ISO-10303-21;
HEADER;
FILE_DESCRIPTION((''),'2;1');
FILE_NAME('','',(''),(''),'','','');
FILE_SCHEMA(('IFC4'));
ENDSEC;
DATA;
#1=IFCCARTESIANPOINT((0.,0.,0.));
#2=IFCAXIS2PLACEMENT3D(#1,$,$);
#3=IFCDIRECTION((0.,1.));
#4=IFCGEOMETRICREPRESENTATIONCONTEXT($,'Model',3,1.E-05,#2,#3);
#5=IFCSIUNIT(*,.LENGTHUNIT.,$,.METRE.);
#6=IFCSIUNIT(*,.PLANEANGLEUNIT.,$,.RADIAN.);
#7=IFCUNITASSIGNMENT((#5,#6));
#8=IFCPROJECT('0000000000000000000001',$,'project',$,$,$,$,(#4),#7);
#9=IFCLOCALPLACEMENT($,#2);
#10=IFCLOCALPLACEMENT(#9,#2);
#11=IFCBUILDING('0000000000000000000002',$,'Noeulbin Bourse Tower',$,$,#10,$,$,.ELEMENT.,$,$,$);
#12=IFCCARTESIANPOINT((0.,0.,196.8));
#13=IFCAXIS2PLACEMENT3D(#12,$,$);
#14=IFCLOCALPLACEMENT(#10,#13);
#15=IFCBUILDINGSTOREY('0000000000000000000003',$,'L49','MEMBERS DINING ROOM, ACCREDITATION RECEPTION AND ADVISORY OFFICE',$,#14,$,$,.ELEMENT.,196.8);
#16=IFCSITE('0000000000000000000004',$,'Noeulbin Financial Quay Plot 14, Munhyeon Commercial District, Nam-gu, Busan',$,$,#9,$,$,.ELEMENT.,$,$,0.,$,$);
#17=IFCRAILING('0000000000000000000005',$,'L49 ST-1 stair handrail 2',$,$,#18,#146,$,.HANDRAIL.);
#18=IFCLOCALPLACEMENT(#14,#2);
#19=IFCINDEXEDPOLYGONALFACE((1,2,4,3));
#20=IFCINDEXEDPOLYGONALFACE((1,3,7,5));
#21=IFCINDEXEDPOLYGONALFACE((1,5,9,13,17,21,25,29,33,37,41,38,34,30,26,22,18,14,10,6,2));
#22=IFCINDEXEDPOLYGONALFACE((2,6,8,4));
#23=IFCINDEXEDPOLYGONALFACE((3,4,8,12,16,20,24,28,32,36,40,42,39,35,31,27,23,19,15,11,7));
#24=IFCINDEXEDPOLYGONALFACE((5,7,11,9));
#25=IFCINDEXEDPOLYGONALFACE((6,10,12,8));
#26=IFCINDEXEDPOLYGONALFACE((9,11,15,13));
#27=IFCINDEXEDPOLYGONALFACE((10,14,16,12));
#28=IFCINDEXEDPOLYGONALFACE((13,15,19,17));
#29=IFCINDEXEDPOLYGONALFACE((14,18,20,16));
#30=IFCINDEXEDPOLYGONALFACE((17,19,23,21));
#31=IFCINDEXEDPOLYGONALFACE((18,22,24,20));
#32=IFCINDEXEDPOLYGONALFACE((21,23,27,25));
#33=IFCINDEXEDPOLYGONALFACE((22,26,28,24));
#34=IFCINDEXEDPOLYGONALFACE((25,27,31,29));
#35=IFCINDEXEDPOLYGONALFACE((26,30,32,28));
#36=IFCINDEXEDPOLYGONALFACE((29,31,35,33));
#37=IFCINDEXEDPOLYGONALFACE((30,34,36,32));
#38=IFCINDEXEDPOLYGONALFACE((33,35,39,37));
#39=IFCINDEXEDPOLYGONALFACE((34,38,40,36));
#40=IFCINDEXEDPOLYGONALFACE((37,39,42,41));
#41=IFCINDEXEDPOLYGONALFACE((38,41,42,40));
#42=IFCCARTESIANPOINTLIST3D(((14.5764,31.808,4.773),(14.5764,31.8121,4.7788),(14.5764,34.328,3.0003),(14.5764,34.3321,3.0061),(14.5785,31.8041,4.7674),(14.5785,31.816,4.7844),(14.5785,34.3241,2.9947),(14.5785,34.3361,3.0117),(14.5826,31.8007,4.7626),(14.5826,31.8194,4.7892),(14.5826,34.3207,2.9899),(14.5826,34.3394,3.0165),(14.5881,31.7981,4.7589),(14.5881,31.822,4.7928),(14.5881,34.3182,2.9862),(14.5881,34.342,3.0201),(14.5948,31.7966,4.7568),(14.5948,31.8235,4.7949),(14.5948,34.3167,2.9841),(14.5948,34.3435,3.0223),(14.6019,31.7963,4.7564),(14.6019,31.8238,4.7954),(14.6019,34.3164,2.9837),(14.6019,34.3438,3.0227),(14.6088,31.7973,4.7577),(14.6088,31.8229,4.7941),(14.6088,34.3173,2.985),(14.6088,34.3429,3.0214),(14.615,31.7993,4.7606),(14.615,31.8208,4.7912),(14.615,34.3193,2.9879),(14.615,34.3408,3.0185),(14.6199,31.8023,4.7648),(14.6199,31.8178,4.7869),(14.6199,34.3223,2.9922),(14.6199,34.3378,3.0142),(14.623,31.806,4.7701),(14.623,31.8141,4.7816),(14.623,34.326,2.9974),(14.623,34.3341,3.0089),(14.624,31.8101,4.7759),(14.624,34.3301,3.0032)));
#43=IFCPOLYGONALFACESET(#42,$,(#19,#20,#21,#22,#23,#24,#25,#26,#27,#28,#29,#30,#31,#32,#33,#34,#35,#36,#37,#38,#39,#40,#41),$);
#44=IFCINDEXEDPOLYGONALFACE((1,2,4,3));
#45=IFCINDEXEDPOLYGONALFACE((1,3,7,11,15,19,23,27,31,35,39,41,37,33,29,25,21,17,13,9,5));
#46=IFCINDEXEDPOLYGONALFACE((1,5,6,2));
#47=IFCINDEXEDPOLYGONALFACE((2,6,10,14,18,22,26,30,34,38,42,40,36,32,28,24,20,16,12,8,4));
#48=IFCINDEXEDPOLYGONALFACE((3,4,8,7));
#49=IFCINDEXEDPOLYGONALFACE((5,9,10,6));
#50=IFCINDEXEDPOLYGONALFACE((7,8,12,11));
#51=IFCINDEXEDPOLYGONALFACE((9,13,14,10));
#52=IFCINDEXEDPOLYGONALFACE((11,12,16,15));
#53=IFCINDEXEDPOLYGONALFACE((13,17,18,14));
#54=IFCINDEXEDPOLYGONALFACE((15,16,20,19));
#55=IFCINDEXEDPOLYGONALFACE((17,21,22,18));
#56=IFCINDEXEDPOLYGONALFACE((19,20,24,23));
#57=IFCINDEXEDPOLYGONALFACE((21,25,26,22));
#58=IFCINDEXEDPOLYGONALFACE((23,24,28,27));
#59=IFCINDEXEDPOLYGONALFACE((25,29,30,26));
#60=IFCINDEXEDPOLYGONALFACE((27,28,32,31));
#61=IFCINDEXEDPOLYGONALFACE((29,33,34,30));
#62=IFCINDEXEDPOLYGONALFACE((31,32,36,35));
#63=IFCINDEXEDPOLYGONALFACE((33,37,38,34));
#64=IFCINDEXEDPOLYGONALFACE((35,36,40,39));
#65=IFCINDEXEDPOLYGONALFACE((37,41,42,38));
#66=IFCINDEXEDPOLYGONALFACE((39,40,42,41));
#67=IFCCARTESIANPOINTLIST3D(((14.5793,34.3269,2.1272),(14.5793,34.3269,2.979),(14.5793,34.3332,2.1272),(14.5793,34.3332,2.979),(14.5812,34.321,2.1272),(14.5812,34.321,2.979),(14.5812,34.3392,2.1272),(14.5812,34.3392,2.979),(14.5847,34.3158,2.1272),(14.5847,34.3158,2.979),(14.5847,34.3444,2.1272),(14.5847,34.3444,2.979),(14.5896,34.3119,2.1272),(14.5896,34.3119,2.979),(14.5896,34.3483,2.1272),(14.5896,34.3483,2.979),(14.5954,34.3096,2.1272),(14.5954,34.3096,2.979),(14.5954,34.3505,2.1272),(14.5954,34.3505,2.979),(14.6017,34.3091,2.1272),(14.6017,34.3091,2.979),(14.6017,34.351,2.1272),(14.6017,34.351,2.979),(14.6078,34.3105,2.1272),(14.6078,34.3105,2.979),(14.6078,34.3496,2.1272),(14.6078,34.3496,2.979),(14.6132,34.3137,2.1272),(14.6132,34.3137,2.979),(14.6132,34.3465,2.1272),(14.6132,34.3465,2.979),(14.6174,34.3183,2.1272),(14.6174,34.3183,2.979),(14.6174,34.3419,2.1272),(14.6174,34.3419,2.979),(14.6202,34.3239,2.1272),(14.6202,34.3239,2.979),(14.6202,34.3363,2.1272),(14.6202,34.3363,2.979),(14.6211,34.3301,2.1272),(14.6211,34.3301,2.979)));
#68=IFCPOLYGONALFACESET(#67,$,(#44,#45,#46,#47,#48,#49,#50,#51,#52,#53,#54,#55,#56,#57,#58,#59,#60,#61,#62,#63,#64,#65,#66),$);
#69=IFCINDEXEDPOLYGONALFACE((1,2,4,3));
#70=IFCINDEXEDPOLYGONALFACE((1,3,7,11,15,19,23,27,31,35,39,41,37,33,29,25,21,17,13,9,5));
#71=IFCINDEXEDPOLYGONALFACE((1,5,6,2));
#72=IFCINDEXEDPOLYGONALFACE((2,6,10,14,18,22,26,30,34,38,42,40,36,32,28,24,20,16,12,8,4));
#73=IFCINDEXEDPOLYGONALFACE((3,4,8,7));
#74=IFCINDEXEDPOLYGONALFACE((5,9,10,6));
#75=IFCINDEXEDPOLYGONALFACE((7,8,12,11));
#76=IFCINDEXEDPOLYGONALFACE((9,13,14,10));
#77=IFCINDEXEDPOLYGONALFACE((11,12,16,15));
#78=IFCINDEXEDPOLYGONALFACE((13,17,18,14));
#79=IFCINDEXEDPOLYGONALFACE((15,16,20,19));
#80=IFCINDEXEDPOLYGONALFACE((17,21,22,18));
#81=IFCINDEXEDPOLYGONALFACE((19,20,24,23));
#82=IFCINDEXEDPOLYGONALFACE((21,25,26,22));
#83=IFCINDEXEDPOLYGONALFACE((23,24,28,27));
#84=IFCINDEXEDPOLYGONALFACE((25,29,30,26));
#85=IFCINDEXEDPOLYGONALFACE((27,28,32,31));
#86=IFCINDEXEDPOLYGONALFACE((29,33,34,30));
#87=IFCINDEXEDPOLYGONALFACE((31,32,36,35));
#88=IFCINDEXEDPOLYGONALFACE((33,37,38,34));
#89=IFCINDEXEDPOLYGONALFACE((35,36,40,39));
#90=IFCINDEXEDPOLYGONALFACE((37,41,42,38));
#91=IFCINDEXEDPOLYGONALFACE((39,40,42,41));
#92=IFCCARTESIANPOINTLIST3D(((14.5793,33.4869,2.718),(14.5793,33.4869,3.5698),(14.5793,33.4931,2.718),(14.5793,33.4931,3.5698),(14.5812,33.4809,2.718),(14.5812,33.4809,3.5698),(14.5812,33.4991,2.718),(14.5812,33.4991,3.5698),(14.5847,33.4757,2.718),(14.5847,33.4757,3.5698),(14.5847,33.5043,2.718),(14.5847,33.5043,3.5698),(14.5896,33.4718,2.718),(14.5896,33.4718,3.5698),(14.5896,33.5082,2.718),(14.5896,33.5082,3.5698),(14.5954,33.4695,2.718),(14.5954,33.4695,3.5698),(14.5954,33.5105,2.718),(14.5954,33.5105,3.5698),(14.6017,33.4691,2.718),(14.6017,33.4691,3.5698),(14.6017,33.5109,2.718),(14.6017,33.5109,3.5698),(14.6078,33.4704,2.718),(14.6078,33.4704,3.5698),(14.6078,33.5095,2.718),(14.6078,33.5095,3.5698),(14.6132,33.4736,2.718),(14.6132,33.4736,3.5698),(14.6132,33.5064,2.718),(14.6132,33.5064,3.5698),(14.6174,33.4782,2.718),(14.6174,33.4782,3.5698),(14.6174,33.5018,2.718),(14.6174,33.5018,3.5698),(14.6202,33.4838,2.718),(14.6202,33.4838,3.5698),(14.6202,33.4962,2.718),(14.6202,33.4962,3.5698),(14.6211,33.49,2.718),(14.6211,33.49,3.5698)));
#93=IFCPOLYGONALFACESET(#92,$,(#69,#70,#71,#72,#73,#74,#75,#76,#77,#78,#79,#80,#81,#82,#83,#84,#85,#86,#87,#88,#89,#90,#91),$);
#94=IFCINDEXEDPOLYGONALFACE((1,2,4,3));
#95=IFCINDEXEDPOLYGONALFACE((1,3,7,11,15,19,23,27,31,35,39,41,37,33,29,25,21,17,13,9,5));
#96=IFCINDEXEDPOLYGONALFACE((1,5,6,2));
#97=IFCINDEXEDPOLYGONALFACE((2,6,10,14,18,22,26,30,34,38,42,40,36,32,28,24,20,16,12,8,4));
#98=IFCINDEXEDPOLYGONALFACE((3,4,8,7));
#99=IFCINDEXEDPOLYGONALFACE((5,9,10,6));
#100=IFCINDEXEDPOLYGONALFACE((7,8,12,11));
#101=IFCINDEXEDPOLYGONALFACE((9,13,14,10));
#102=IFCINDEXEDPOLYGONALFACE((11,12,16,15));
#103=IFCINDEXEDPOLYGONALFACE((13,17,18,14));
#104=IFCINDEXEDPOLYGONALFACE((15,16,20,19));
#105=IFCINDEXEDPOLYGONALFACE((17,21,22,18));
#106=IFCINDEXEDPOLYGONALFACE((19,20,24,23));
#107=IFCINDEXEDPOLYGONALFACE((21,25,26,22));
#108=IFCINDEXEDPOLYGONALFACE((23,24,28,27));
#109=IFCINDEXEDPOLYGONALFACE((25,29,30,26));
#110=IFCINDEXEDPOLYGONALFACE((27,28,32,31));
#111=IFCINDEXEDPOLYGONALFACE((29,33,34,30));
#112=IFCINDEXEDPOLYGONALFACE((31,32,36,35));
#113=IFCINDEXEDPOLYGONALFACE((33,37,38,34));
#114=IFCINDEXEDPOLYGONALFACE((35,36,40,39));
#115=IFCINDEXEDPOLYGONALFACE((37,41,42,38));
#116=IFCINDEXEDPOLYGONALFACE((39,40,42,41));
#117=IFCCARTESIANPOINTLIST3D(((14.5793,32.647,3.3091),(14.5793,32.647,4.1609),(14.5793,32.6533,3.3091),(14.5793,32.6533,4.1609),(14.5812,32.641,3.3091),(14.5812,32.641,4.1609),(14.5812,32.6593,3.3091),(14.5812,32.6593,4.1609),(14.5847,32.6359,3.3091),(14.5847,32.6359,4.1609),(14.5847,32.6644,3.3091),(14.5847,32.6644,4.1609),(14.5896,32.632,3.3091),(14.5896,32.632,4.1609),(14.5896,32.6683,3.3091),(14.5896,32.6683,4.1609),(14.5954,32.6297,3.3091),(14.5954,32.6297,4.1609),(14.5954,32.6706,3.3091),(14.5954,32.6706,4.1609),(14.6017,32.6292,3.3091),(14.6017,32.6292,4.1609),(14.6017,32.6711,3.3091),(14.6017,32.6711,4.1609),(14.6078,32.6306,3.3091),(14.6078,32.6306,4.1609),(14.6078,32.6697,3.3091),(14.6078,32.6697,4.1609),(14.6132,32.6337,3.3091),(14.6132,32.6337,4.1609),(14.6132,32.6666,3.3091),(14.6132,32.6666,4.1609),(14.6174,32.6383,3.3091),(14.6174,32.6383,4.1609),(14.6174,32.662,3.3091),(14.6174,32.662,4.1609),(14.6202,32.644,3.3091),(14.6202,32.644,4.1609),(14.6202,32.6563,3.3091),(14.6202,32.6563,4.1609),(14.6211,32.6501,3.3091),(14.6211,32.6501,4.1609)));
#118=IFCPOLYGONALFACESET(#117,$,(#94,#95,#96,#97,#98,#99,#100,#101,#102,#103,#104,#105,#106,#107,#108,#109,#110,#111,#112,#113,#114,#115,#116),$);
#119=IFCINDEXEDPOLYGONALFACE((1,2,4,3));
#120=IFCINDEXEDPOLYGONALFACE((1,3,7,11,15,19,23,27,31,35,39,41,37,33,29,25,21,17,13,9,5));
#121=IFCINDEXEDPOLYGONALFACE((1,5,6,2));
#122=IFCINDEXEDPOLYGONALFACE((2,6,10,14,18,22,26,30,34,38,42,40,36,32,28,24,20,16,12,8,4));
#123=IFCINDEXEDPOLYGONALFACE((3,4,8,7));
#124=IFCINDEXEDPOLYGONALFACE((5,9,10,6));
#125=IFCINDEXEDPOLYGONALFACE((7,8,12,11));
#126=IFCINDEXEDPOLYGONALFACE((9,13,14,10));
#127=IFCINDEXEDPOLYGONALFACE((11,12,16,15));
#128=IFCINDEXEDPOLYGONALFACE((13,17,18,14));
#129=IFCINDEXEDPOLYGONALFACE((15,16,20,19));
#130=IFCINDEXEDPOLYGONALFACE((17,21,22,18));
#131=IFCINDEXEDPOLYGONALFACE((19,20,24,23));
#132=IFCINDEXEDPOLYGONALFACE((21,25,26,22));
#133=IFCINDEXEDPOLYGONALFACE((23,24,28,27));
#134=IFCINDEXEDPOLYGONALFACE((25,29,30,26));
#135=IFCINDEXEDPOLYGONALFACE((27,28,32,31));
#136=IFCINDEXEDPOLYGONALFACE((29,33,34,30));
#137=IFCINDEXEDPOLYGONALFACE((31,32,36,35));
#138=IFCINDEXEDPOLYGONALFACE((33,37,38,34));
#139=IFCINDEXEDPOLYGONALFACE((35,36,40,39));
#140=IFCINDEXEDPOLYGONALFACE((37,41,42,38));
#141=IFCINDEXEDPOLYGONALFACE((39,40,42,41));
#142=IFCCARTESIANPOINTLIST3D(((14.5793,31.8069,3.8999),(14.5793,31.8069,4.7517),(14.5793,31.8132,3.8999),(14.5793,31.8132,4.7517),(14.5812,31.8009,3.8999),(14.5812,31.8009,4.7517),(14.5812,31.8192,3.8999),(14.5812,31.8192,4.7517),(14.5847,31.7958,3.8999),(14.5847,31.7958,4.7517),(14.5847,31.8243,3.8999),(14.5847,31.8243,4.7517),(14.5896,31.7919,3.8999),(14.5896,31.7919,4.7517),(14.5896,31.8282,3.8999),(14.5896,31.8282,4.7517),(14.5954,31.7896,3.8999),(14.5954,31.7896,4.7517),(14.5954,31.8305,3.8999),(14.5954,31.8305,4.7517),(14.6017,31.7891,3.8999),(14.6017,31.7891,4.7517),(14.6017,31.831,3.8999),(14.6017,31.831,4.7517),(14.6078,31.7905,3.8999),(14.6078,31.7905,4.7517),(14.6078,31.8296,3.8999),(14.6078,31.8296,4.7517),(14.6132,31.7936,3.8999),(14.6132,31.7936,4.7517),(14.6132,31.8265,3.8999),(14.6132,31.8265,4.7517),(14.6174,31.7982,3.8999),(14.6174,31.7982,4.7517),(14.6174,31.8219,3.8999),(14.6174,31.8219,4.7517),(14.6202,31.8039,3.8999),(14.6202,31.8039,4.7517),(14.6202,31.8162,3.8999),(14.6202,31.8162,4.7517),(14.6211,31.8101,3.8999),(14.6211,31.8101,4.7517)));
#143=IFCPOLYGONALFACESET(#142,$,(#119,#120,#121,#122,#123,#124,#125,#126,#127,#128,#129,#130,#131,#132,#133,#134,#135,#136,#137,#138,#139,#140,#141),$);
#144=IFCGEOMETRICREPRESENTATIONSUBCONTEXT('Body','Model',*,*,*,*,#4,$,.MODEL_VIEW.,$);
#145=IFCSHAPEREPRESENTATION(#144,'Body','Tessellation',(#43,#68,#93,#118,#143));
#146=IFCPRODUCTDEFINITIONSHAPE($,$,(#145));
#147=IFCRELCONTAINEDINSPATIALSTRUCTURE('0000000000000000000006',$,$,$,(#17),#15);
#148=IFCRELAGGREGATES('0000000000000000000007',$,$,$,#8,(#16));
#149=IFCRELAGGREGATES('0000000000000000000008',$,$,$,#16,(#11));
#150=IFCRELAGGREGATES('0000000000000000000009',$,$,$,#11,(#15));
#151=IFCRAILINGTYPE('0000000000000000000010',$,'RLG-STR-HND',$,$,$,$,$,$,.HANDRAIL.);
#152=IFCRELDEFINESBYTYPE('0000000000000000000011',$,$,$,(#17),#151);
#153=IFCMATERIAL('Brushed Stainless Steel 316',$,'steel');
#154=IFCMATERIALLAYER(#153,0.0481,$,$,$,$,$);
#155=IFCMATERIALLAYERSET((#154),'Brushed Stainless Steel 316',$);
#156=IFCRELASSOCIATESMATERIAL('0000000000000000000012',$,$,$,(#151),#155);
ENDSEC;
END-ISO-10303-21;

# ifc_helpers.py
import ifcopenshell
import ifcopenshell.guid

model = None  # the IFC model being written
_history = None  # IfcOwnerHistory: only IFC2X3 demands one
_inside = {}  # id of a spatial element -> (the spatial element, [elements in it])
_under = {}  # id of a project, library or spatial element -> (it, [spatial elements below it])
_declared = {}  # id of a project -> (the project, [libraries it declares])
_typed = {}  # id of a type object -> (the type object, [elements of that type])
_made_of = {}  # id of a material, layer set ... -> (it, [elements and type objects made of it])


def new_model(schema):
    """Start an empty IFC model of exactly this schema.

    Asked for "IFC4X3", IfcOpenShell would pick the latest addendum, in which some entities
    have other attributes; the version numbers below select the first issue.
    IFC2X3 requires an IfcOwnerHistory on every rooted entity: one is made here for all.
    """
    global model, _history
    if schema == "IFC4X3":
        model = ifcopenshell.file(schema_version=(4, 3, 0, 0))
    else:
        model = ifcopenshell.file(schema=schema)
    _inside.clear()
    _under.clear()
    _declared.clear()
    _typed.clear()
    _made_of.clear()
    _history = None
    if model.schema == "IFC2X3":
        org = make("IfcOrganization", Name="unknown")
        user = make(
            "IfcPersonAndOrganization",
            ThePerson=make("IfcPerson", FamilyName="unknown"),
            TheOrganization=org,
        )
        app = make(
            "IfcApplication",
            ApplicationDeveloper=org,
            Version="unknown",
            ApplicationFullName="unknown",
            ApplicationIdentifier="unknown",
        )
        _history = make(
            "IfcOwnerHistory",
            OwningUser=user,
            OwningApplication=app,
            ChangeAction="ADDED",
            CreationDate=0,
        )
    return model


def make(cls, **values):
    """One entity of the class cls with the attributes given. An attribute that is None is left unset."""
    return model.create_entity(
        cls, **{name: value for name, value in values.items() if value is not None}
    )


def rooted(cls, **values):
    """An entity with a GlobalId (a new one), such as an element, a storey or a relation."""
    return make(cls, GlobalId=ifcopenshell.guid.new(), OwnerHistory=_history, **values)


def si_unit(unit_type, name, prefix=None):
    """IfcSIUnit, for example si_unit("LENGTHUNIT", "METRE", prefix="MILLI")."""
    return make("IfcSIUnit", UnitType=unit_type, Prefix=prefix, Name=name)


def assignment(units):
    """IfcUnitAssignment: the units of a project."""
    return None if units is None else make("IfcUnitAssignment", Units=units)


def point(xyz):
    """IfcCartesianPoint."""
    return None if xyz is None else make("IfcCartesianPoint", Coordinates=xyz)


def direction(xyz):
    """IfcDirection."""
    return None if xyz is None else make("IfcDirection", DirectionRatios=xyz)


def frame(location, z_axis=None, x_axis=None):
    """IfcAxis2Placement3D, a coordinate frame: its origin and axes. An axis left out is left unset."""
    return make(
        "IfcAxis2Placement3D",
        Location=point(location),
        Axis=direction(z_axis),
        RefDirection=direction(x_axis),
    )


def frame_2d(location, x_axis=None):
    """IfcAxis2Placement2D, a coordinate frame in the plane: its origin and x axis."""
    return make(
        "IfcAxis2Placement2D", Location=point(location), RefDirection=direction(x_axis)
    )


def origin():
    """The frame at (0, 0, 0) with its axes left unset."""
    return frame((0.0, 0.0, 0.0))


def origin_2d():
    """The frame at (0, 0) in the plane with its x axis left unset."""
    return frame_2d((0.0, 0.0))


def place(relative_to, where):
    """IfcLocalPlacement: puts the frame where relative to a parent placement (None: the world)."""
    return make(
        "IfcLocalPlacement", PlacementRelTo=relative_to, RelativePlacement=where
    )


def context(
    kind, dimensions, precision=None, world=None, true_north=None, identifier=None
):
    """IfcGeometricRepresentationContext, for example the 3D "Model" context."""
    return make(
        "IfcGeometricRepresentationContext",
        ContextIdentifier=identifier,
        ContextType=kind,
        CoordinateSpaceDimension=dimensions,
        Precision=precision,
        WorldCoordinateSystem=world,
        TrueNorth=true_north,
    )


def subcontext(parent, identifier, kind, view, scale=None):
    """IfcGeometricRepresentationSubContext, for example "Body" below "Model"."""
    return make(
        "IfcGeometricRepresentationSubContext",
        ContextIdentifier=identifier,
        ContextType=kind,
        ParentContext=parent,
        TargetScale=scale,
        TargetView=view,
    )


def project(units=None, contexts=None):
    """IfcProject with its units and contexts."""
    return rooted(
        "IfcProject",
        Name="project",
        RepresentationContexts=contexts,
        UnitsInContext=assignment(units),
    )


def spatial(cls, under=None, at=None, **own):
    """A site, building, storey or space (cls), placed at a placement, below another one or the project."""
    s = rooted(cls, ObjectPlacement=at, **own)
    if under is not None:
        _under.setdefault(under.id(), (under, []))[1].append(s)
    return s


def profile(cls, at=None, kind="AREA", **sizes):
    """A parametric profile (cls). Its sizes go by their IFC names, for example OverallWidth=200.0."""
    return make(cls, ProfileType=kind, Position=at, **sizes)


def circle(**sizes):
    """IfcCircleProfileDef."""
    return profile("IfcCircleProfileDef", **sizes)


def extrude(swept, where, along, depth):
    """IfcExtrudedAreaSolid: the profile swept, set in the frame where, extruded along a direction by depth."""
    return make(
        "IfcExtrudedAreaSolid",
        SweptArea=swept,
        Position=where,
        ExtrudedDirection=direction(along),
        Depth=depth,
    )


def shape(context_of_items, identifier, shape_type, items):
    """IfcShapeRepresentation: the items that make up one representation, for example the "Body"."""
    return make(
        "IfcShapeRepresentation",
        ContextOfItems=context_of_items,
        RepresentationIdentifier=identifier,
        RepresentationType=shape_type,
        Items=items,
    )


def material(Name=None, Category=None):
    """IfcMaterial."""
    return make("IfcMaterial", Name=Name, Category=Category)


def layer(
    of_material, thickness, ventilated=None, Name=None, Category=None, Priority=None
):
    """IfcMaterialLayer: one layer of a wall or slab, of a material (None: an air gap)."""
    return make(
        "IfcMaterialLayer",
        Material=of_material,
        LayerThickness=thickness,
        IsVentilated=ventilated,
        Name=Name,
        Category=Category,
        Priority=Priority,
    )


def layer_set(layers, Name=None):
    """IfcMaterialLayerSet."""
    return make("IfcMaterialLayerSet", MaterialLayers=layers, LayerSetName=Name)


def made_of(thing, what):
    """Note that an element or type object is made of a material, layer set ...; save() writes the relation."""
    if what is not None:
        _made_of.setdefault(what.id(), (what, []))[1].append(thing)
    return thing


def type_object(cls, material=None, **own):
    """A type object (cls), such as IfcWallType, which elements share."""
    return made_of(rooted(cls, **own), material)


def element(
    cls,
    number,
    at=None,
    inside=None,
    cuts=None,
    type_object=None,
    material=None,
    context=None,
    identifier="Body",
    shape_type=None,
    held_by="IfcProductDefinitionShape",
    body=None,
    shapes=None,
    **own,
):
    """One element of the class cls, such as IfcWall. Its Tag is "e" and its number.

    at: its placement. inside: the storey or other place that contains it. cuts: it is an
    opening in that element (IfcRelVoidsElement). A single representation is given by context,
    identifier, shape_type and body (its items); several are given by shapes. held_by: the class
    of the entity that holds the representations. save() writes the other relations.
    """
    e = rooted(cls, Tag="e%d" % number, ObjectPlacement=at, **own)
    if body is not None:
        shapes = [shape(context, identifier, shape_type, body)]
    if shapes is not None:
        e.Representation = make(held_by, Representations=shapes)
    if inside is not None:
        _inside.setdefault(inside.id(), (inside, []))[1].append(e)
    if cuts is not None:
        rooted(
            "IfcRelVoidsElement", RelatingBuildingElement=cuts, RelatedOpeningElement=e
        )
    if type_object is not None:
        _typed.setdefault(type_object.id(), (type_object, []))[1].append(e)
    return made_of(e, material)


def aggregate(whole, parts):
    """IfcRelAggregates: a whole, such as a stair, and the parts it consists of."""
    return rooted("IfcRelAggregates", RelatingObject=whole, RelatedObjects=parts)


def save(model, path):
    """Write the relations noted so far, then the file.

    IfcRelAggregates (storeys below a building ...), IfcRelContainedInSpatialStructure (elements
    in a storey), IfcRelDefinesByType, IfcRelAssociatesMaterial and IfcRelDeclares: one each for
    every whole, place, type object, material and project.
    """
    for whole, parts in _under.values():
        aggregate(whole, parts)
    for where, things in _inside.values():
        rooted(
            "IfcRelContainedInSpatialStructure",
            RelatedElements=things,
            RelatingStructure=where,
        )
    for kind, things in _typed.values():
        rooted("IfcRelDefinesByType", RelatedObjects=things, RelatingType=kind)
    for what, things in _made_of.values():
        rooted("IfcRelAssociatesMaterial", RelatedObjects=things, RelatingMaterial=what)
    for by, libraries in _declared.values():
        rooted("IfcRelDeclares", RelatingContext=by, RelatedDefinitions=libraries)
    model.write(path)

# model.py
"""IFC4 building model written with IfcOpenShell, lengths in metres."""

from ifc_helpers import new_model, si_unit, direction, frame, origin, origin_2d, place, context, subcontext, project, spatial, circle, extrude, material, layer, layer_set, type_object, element, save


model = new_model("IFC4")

# Units and contexts
model_context = context("Model", 3, precision=1e-05, world=origin(), true_north=direction((0.0, 1.0)))
body_context = subcontext(model_context, "Body", "Model", "MODEL_VIEW")
ifc_project = project(units=[si_unit("LENGTHUNIT", "METRE"), si_unit("PLANEANGLEUNIT", "RADIAN")], contexts=[model_context])

# Site, building, storey
site_placement = place(None, origin())
site = spatial("IfcSite", under=ifc_project, at=site_placement, Name="Noeulbin Financial Quay Plot 14, Munhyeon Commercial District, Nam-gu, Busan", CompositionType="ELEMENT", RefElevation=0.0)
building_placement = place(site_placement, origin())
building = spatial("IfcBuilding", under=site, at=building_placement, Name="Noeulbin Bourse Tower", CompositionType="ELEMENT")
storey_placement = place(building_placement, frame((0.0, 0.0, 196.8)))
storey = spatial("IfcBuildingStorey", under=building, at=storey_placement, Name="L49", Description="MEMBERS DINING ROOM, ACCREDITATION RECEPTION AND ADVISORY OFFICE", CompositionType="ELEMENT", Elevation=196.8)

# Railing
ifc_material_1 = material(Name="Brushed Stainless Steel 316", Category="steel")
ifc_layer_1 = layer(ifc_material_1, 0.0481)
ifc_layer_set_1 = layer_set([ifc_layer_1], Name="Brushed Stainless Steel 316")
railing_type_1 = type_object("IfcRailingType", Name="RLG-STR-HND", PredefinedType="HANDRAIL", material=ifc_layer_set_1)
railing_1_placement = place(storey_placement, frame((14.6001, 34.3301, 2.1272)))
element("IfcRailing", 1, at=railing_1_placement, inside=storey, type_object=railing_type_1, Name="L49 ST-1 stair handrail 2", PredefinedType="HANDRAIL", context=body_context, shape_type="SweptSolid", body=[
    extrude(circle(Radius=0.0239, at=origin_2d()), frame((0.0, 0.0, 0.876), z_axis=(0.0, -0.817904, 0.575354), x_axis=(1.0, 0.0, 0.0)), (0.0, 0.0, 1.0), 3.0811),
    extrude(circle(Radius=0.021, at=origin_2d()), origin(), (0.0, 0.0, 1.0), 0.8518),
    extrude(circle(Radius=0.021, at=origin_2d()), frame((0.0, -0.8401, 0.5908)), (0.0, 0.0, 1.0), 0.8518),
    extrude(circle(Radius=0.021, at=origin_2d()), frame((0.0, -1.6799, 1.1819)), (0.0, 0.0, 1.0), 0.8518),
    extrude(circle(Radius=0.021, at=origin_2d()), frame((0.0, -2.52, 1.7727)), (0.0, 0.0, 1.0), 0.8518),
])

save(model, "model.ifc")
